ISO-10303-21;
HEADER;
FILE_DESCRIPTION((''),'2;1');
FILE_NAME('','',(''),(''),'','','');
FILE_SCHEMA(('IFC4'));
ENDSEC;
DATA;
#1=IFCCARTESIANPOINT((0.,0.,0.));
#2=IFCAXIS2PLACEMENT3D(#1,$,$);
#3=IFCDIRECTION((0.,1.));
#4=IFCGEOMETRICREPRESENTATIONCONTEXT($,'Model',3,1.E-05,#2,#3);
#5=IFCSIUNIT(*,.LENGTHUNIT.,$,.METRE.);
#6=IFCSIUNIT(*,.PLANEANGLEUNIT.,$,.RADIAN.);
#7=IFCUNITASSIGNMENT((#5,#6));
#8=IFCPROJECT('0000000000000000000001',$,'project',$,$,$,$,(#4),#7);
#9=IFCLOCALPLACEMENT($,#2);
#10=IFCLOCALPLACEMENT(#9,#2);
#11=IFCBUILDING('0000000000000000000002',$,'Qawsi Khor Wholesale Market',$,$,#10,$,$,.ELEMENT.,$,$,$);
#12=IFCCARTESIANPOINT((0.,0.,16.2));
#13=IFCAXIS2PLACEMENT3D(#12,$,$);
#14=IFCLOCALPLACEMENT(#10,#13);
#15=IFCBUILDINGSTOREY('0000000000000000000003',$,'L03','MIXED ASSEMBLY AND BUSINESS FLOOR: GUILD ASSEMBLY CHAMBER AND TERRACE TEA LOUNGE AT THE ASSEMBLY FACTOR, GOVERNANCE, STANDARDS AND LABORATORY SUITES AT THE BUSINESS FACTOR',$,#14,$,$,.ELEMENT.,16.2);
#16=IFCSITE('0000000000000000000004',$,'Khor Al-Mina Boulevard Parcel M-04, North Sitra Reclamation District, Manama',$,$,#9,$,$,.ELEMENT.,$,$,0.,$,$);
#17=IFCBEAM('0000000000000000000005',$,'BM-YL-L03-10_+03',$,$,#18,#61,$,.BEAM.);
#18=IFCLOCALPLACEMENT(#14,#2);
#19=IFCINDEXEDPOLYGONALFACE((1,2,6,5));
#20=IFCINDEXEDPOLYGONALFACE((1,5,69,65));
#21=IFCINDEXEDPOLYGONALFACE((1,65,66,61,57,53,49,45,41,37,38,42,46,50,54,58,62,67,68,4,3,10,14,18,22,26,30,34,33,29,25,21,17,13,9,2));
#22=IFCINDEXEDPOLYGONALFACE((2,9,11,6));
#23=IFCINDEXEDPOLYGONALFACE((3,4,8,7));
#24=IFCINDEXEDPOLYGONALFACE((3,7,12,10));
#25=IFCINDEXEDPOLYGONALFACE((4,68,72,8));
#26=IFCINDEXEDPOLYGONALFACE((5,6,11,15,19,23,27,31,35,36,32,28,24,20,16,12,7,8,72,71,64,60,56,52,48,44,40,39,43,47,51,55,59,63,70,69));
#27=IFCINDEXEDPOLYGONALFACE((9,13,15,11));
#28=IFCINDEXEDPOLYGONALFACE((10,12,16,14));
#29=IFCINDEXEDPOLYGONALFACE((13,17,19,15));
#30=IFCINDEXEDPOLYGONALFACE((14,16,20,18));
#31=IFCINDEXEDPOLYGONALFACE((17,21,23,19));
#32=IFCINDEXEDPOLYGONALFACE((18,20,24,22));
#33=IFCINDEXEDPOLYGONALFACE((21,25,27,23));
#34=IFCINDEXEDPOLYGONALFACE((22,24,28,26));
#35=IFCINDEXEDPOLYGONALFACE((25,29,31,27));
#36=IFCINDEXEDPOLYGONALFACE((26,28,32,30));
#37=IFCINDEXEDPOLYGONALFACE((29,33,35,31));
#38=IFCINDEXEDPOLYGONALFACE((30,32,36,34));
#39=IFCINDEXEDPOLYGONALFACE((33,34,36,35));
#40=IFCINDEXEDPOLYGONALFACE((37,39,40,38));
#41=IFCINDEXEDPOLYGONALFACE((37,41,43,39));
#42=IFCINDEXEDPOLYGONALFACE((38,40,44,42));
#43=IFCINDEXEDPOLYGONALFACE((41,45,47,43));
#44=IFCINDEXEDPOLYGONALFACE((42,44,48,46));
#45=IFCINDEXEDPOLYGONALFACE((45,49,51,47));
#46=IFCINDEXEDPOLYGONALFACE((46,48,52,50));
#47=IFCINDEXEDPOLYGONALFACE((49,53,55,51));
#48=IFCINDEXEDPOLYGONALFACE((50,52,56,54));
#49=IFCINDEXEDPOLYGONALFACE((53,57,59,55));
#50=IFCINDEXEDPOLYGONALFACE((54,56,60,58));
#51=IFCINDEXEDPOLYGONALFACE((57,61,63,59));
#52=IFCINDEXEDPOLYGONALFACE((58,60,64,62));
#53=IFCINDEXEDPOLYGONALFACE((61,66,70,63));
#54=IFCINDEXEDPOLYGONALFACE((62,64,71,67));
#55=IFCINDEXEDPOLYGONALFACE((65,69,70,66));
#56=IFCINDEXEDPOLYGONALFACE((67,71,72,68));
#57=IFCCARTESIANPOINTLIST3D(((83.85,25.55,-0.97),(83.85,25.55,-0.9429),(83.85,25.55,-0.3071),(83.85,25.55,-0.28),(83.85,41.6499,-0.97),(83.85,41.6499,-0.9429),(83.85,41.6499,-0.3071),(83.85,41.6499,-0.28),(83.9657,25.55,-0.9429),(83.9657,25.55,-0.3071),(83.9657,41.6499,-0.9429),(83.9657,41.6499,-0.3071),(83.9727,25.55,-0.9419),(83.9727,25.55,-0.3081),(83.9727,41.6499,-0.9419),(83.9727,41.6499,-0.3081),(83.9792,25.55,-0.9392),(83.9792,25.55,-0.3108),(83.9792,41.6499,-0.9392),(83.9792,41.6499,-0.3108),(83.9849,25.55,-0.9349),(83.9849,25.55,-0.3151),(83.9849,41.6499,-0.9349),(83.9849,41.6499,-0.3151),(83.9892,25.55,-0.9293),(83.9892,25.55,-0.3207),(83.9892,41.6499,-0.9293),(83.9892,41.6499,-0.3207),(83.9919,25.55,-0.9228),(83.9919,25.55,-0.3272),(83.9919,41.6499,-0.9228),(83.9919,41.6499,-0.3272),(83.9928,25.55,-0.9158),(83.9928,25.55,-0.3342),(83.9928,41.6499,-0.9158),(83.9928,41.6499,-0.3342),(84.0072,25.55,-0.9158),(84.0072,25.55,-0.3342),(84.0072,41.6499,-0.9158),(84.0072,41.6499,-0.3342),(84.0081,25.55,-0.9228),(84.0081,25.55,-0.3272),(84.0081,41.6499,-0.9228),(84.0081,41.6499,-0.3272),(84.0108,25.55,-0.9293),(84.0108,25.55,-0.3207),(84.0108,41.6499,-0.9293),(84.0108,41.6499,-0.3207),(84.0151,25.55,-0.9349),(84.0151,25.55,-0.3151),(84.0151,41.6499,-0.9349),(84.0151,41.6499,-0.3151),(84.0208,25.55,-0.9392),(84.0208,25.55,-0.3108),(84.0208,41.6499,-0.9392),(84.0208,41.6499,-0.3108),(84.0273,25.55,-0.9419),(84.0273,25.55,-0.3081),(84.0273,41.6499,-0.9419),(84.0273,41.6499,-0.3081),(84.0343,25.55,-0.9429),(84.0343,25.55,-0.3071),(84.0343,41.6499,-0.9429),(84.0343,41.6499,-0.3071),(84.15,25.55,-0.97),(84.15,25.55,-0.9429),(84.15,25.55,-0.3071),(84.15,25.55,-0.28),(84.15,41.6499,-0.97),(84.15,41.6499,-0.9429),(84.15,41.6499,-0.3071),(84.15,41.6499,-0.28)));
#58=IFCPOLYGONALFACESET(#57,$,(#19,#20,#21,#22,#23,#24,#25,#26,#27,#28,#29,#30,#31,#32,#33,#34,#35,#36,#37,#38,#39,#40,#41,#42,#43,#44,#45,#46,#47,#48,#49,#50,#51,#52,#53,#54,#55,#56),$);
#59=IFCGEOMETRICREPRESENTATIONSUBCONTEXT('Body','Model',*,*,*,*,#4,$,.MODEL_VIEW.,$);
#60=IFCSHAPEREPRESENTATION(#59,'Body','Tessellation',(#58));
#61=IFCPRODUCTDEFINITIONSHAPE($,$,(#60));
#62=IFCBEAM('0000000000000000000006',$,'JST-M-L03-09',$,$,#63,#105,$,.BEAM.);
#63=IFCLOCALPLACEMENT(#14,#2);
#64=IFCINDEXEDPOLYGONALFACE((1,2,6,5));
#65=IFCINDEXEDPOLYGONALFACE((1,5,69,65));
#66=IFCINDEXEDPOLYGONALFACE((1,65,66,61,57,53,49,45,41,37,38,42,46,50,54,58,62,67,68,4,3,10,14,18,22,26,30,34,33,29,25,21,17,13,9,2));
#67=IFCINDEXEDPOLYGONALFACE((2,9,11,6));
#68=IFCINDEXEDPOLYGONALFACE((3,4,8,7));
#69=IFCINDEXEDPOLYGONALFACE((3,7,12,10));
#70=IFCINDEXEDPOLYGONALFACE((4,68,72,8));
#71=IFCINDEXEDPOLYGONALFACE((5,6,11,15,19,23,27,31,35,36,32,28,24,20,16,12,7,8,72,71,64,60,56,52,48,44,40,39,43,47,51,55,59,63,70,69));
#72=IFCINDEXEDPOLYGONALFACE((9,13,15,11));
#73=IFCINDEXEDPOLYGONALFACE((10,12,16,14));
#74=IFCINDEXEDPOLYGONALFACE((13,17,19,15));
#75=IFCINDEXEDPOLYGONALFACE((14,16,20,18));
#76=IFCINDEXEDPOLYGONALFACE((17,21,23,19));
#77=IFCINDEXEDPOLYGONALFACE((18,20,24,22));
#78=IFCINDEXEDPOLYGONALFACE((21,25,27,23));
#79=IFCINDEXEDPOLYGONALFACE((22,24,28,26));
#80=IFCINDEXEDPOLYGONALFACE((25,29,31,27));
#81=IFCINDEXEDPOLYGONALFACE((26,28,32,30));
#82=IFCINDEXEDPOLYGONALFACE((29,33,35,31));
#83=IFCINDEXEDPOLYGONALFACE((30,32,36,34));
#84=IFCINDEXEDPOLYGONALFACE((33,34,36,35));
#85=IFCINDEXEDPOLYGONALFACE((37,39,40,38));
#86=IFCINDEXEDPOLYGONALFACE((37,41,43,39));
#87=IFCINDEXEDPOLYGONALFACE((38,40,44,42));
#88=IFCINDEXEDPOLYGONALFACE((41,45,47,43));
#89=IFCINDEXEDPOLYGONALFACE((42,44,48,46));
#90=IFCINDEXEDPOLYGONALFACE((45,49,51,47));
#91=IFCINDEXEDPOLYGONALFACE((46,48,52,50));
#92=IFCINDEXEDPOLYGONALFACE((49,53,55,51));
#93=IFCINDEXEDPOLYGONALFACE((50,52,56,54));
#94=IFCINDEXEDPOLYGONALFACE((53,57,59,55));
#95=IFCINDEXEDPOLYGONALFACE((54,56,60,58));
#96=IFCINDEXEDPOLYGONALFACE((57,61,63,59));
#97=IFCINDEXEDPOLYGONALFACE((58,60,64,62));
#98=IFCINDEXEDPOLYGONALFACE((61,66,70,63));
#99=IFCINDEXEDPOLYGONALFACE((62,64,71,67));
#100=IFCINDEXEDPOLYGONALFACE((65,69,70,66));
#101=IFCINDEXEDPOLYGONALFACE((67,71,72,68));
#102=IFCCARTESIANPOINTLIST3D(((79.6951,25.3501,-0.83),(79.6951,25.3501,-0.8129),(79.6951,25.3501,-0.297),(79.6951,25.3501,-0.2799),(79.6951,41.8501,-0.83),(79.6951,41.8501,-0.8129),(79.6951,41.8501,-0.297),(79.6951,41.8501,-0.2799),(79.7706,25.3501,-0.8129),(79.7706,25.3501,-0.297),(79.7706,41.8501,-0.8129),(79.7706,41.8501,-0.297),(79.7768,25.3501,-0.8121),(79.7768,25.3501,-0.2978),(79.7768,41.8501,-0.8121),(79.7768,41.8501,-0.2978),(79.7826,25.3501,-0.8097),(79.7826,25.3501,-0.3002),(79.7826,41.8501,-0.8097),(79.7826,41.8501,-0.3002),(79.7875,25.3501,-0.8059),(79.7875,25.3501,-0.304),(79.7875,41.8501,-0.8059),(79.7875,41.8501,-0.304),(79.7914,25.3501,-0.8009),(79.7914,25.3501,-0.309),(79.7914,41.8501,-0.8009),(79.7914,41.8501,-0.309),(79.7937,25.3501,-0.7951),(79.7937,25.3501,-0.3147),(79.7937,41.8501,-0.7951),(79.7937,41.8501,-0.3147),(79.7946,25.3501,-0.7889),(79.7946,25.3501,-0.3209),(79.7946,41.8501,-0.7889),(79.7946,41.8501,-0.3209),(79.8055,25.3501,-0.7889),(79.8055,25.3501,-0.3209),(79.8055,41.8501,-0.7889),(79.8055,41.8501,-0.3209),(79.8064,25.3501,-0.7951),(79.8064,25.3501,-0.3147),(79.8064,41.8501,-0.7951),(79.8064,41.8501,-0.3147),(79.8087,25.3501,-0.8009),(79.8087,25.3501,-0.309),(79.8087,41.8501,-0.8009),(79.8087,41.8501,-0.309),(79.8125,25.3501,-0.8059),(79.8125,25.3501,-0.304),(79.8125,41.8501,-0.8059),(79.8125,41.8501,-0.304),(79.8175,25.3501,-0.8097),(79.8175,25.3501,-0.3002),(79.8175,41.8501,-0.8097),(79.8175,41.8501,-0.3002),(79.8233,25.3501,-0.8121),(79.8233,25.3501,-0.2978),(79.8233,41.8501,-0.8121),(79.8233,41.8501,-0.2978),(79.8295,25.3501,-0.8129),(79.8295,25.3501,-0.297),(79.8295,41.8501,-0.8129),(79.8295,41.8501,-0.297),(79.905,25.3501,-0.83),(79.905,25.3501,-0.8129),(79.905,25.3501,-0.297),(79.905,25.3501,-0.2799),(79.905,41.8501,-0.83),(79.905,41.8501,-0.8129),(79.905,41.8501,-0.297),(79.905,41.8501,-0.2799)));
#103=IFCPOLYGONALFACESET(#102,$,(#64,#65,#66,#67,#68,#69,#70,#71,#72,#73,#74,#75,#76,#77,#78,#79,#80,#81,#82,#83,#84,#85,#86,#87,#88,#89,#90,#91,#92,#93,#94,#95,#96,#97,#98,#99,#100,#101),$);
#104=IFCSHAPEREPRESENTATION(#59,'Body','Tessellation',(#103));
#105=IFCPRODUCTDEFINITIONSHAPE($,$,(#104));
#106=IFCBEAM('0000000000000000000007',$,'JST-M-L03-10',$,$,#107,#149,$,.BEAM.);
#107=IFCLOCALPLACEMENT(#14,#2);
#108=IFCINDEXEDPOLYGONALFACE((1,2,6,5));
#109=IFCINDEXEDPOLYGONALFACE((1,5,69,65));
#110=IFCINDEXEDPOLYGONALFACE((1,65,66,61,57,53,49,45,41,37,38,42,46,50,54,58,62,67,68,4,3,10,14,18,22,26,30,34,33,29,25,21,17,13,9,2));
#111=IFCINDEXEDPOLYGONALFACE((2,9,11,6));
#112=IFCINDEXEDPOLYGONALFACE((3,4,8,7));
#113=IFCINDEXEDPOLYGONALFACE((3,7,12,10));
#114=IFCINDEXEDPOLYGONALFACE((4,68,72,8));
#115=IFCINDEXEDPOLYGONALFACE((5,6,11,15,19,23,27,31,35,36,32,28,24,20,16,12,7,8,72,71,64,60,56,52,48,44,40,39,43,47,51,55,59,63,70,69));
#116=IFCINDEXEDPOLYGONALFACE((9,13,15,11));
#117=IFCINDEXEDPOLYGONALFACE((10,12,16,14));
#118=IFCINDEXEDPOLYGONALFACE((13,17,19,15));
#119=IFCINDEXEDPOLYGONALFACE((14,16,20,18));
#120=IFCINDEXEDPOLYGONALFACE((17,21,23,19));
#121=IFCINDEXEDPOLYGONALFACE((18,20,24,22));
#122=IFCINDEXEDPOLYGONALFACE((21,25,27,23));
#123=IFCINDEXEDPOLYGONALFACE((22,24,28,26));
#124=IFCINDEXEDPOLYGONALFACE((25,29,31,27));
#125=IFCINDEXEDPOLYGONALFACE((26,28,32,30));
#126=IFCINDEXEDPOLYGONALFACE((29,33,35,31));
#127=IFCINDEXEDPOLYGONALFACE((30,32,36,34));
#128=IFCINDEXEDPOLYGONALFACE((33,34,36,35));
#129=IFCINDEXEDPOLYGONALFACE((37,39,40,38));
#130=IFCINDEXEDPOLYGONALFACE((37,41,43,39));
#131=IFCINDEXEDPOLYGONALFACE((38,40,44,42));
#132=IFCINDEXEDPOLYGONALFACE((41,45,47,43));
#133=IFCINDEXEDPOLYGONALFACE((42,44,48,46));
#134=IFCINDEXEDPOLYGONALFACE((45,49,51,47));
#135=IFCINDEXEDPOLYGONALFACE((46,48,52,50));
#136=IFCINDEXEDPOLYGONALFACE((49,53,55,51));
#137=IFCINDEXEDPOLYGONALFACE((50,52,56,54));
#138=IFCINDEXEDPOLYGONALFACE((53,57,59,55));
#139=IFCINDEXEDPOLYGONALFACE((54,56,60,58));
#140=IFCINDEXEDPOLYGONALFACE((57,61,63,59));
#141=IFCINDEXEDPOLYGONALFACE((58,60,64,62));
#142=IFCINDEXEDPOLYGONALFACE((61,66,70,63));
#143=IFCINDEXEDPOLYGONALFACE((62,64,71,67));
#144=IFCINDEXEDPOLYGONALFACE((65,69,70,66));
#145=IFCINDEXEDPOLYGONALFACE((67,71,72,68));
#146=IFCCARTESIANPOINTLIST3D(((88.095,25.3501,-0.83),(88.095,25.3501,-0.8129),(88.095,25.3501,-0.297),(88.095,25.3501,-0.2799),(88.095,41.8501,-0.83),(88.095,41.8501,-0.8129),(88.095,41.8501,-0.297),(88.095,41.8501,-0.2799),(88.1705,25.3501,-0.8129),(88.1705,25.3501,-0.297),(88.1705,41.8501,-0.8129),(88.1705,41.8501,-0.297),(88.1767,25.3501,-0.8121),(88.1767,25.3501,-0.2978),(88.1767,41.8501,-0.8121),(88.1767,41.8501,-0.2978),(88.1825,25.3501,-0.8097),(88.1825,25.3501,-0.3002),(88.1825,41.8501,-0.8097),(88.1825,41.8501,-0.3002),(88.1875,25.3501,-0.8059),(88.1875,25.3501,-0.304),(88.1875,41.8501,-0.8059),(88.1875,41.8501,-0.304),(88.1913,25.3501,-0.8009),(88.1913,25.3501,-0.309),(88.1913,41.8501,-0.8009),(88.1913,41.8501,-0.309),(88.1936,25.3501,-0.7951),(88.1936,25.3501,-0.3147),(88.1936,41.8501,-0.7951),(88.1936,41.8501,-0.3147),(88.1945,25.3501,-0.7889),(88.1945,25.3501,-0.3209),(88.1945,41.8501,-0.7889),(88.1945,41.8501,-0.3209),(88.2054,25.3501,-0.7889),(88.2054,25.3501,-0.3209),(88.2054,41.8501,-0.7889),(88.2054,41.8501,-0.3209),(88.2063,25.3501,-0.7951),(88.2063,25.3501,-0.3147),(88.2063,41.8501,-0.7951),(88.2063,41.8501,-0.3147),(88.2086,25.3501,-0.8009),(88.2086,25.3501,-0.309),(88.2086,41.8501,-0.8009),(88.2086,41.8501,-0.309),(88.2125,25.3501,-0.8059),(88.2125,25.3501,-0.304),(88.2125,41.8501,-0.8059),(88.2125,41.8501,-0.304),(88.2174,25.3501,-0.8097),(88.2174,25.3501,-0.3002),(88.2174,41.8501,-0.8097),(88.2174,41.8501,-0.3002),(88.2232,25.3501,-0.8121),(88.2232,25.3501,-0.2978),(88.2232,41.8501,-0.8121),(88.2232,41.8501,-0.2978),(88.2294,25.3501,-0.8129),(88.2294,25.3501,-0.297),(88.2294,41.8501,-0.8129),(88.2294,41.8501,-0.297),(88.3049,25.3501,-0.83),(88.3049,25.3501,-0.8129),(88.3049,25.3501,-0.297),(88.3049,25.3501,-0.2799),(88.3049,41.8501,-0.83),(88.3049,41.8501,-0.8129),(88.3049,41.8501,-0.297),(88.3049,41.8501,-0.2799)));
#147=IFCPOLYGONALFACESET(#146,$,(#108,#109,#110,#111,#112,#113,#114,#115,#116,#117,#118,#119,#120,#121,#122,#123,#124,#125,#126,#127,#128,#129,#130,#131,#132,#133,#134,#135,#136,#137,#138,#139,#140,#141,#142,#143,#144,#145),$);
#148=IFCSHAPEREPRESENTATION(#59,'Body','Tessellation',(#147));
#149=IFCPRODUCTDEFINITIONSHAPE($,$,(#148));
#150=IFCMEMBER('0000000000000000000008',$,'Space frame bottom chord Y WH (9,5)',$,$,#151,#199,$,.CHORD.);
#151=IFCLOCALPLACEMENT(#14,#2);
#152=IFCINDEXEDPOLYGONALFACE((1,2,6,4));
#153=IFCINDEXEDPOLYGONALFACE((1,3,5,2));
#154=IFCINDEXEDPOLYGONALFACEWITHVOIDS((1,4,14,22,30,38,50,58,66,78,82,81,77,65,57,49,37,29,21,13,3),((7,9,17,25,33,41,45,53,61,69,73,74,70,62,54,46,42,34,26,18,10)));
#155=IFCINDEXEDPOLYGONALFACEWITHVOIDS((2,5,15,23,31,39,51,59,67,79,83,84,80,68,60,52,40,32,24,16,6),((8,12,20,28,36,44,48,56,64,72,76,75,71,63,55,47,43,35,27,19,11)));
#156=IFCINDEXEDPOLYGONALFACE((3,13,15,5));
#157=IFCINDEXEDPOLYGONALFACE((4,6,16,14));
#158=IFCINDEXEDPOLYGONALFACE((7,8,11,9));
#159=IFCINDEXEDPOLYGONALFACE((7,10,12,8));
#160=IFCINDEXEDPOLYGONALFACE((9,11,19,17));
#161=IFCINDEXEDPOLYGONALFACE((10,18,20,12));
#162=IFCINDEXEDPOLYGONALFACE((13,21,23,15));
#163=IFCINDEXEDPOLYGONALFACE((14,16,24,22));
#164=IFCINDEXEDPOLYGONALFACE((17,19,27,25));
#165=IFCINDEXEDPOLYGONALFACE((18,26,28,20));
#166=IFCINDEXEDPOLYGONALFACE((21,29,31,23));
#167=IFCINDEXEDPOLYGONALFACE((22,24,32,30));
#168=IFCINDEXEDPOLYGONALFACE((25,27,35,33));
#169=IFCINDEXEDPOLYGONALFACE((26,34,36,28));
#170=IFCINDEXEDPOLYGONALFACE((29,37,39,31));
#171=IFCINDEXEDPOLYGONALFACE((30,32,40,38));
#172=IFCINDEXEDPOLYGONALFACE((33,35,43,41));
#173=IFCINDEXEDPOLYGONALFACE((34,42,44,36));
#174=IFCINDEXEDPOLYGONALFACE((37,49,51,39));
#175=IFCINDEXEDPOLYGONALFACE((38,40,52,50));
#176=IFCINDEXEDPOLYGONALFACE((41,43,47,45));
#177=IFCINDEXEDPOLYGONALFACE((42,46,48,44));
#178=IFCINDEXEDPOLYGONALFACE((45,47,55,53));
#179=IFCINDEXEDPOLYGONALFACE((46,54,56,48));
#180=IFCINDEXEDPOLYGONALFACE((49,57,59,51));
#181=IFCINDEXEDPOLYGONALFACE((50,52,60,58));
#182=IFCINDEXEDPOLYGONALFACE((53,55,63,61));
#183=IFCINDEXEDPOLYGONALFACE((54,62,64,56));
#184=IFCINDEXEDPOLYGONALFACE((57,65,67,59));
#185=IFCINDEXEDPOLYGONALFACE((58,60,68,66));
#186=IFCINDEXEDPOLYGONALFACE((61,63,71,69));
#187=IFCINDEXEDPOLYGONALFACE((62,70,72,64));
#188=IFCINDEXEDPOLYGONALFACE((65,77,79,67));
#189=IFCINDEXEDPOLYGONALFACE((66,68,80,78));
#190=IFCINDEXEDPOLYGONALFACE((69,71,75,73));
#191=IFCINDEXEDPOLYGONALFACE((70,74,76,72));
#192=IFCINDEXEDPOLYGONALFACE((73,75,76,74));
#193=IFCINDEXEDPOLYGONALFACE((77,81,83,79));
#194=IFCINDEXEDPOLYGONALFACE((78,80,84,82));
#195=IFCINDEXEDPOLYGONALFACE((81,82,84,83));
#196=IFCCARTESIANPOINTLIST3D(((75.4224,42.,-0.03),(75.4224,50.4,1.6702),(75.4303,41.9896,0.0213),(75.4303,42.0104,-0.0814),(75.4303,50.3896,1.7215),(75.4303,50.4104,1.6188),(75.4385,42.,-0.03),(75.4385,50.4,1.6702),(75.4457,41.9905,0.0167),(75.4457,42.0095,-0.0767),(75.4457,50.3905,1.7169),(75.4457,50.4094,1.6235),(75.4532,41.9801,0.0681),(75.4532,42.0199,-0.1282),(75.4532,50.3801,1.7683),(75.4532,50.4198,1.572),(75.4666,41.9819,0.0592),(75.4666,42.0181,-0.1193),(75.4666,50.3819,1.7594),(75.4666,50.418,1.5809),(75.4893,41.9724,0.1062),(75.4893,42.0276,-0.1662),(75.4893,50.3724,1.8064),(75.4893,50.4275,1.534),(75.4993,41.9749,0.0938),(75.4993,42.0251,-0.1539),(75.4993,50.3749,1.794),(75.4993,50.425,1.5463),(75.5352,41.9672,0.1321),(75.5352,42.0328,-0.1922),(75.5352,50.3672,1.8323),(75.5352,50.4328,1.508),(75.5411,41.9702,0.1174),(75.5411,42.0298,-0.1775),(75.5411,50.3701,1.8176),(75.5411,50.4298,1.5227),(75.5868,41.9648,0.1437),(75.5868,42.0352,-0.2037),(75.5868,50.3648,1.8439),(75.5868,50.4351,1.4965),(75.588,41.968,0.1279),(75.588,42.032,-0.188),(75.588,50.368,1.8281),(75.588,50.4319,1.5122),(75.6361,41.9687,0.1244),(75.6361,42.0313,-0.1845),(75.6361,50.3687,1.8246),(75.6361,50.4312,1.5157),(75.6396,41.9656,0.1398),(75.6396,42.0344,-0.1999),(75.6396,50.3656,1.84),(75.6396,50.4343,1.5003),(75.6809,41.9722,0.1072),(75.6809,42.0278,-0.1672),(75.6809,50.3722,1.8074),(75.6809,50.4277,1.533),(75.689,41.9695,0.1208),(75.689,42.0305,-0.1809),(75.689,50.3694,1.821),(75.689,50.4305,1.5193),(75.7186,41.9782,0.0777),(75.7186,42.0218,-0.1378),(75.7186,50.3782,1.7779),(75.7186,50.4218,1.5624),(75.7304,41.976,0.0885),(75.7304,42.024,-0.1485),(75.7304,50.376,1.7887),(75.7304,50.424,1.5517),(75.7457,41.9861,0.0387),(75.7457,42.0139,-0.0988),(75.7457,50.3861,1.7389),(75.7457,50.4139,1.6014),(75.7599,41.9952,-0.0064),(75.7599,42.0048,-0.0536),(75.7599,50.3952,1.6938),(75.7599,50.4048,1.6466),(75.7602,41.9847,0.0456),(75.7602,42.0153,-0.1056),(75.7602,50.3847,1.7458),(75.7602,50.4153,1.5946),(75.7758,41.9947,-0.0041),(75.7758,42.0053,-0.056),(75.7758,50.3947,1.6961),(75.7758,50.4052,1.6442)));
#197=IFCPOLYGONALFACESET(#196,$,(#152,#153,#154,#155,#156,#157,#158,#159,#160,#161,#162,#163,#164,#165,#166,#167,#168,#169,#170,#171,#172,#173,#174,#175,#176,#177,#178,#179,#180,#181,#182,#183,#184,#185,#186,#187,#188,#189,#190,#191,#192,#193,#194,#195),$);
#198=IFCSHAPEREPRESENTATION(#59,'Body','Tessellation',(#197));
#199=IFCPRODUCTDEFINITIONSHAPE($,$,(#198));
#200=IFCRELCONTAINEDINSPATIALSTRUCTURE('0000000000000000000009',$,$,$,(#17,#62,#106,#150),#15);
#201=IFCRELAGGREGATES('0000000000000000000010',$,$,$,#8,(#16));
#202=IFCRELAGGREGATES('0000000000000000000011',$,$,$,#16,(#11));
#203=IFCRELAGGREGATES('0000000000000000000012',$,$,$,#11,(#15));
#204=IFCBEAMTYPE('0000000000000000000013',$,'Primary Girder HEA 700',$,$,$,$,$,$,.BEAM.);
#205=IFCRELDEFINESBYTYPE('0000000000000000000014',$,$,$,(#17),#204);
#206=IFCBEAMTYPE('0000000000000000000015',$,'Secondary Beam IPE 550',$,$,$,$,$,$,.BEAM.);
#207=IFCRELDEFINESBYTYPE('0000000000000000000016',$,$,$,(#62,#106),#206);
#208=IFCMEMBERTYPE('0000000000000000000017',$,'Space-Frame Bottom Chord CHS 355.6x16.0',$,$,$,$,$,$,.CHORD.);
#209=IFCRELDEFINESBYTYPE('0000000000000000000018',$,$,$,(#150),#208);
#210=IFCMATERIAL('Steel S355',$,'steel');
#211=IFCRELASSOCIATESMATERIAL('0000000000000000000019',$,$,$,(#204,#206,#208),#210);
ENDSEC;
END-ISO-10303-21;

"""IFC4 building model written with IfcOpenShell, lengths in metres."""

from ifc_helpers import new_model, si_unit, direction, frame, origin, origin_2d, place, context, subcontext, project, spatial, hollow_circle, i_section, extrude, material, material_profile, profile_set, type_object, element, save


model = new_model("IFC4")

# Units and contexts
model_context = context("Model", 3, precision=1e-05, world=origin(), true_north=direction((0.0, 1.0)))
body_context = subcontext(model_context, "Body", "Model", "MODEL_VIEW")
ifc_project = project(units=[si_unit("LENGTHUNIT", "METRE"), si_unit("PLANEANGLEUNIT", "RADIAN")], contexts=[model_context])

# Site, building, storey
site_placement = place(None, origin())
site = spatial("IfcSite", under=ifc_project, at=site_placement, Name="Khor Al-Mina Boulevard Parcel M-04, North Sitra Reclamation District, Manama", CompositionType="ELEMENT", RefElevation=0.0)
building_placement = place(site_placement, origin())
building = spatial("IfcBuilding", under=site, at=building_placement, Name="Qawsi Khor Wholesale Market", CompositionType="ELEMENT")
storey_placement = place(building_placement, frame((0.0, 0.0, 16.2)))
storey = spatial("IfcBuildingStorey", under=building, at=storey_placement, Name="L03", Description="MIXED ASSEMBLY AND BUSINESS FLOOR: GUILD ASSEMBLY CHAMBER AND TERRACE TEA LOUNGE AT THE ASSEMBLY FACTOR, GOVERNANCE, STANDARDS AND LABORATORY SUITES AT THE BUSINESS FACTOR", CompositionType="ELEMENT", Elevation=16.2)

# Beams
ifc_material_1 = material(Name="Steel S355", Category="steel")
ifc_material_profile_1 = material_profile(ifc_material_1, i_section(OverallWidth=0.3, OverallDepth=0.6899, WebThickness=0.0144, FlangeThickness=0.0271, FilletRadius=0.0271, at=origin_2d()), Name="HEA 700")
ifc_profile_set_1 = profile_set([ifc_material_profile_1], Name="Steel S355")
beam_type_1 = type_object("IfcBeamType", Name="Primary Girder HEA 700", PredefinedType="BEAM", material=ifc_profile_set_1)
for number, where, z_axis, x_axis, name in (
    (1, (84.0, 25.55, -0.625), (0.0, 1.0, 0.0), (-1.0, 0.0, 0.0), "BM-YL-L03-10_+03"),
):
    element("IfcBeam", number, at=place(storey_placement, frame(where, z_axis=z_axis, x_axis=x_axis)), inside=storey, type_object=beam_type_1, Name=name, PredefinedType="BEAM", context=body_context, shape_type="SweptSolid", body=[
        extrude(i_section(OverallWidth=0.3, OverallDepth=0.6899, WebThickness=0.0144, FlangeThickness=0.0271, FilletRadius=0.0271, at=origin_2d()), origin(), (0.0, 0.0, 1.0), 16.0999),
    ])
ifc_material_profile_2 = material_profile(ifc_material_1, i_section(OverallWidth=0.21, OverallDepth=0.55, WebThickness=0.011, FlangeThickness=0.0171, FilletRadius=0.0239, at=origin_2d()), Name="IPE 550")
ifc_profile_set_2 = profile_set([ifc_material_profile_2], Name="Steel S355")
beam_type_2 = type_object("IfcBeamType", Name="Secondary Beam IPE 550", PredefinedType="BEAM", material=ifc_profile_set_2)
for number, where, z_axis, x_axis, name in (
    (2, (79.8, 25.3501, -0.5549), (0.0, 1.0, 0.0), (-1.0, 0.0, 0.0), "JST-M-L03-09"),
    (3, (88.2, 25.3501, -0.5549), (0.0, 1.0, 0.0), (-1.0, 0.0, 0.0), "JST-M-L03-10"),
):
    element("IfcBeam", number, at=place(storey_placement, frame(where, z_axis=z_axis, x_axis=x_axis)), inside=storey, type_object=beam_type_2, Name=name, PredefinedType="BEAM", context=body_context, shape_type="SweptSolid", body=[
        extrude(i_section(OverallWidth=0.21, OverallDepth=0.55, WebThickness=0.011, FlangeThickness=0.0171, FilletRadius=0.0239, at=origin_2d()), origin(), (0.0, 0.0, 1.0), 16.5),
    ])

# Member
ifc_material_profile_3 = material_profile(ifc_material_1, hollow_circle(Radius=0.1777, WallThickness=0.0161, at=origin_2d()), Name="CHS 355.6x16.0")
ifc_profile_set_3 = profile_set([ifc_material_profile_3], Name="Steel S355")
member_type_1 = type_object("IfcMemberType", Name="Space-Frame Bottom Chord CHS 355.6x16.0", PredefinedType="CHORD", material=ifc_profile_set_3)
member_1_placement = place(storey_placement, frame((75.6001, 42.0, -0.03), z_axis=(0.0, 0.980124, 0.198384), x_axis=(-1.0, 0.0, 0.0)))
element("IfcMember", 4, at=member_1_placement, inside=storey, type_object=member_type_1, Name="Space frame bottom chord Y WH (9,5)", PredefinedType="CHORD", context=body_context, shape_type="SweptSolid", body=[
    extrude(hollow_circle(Radius=0.1777, WallThickness=0.0161, at=origin_2d()), origin(), (0.0, 0.0, 1.0), 8.5703),
])

save(model, "model.ifc")
